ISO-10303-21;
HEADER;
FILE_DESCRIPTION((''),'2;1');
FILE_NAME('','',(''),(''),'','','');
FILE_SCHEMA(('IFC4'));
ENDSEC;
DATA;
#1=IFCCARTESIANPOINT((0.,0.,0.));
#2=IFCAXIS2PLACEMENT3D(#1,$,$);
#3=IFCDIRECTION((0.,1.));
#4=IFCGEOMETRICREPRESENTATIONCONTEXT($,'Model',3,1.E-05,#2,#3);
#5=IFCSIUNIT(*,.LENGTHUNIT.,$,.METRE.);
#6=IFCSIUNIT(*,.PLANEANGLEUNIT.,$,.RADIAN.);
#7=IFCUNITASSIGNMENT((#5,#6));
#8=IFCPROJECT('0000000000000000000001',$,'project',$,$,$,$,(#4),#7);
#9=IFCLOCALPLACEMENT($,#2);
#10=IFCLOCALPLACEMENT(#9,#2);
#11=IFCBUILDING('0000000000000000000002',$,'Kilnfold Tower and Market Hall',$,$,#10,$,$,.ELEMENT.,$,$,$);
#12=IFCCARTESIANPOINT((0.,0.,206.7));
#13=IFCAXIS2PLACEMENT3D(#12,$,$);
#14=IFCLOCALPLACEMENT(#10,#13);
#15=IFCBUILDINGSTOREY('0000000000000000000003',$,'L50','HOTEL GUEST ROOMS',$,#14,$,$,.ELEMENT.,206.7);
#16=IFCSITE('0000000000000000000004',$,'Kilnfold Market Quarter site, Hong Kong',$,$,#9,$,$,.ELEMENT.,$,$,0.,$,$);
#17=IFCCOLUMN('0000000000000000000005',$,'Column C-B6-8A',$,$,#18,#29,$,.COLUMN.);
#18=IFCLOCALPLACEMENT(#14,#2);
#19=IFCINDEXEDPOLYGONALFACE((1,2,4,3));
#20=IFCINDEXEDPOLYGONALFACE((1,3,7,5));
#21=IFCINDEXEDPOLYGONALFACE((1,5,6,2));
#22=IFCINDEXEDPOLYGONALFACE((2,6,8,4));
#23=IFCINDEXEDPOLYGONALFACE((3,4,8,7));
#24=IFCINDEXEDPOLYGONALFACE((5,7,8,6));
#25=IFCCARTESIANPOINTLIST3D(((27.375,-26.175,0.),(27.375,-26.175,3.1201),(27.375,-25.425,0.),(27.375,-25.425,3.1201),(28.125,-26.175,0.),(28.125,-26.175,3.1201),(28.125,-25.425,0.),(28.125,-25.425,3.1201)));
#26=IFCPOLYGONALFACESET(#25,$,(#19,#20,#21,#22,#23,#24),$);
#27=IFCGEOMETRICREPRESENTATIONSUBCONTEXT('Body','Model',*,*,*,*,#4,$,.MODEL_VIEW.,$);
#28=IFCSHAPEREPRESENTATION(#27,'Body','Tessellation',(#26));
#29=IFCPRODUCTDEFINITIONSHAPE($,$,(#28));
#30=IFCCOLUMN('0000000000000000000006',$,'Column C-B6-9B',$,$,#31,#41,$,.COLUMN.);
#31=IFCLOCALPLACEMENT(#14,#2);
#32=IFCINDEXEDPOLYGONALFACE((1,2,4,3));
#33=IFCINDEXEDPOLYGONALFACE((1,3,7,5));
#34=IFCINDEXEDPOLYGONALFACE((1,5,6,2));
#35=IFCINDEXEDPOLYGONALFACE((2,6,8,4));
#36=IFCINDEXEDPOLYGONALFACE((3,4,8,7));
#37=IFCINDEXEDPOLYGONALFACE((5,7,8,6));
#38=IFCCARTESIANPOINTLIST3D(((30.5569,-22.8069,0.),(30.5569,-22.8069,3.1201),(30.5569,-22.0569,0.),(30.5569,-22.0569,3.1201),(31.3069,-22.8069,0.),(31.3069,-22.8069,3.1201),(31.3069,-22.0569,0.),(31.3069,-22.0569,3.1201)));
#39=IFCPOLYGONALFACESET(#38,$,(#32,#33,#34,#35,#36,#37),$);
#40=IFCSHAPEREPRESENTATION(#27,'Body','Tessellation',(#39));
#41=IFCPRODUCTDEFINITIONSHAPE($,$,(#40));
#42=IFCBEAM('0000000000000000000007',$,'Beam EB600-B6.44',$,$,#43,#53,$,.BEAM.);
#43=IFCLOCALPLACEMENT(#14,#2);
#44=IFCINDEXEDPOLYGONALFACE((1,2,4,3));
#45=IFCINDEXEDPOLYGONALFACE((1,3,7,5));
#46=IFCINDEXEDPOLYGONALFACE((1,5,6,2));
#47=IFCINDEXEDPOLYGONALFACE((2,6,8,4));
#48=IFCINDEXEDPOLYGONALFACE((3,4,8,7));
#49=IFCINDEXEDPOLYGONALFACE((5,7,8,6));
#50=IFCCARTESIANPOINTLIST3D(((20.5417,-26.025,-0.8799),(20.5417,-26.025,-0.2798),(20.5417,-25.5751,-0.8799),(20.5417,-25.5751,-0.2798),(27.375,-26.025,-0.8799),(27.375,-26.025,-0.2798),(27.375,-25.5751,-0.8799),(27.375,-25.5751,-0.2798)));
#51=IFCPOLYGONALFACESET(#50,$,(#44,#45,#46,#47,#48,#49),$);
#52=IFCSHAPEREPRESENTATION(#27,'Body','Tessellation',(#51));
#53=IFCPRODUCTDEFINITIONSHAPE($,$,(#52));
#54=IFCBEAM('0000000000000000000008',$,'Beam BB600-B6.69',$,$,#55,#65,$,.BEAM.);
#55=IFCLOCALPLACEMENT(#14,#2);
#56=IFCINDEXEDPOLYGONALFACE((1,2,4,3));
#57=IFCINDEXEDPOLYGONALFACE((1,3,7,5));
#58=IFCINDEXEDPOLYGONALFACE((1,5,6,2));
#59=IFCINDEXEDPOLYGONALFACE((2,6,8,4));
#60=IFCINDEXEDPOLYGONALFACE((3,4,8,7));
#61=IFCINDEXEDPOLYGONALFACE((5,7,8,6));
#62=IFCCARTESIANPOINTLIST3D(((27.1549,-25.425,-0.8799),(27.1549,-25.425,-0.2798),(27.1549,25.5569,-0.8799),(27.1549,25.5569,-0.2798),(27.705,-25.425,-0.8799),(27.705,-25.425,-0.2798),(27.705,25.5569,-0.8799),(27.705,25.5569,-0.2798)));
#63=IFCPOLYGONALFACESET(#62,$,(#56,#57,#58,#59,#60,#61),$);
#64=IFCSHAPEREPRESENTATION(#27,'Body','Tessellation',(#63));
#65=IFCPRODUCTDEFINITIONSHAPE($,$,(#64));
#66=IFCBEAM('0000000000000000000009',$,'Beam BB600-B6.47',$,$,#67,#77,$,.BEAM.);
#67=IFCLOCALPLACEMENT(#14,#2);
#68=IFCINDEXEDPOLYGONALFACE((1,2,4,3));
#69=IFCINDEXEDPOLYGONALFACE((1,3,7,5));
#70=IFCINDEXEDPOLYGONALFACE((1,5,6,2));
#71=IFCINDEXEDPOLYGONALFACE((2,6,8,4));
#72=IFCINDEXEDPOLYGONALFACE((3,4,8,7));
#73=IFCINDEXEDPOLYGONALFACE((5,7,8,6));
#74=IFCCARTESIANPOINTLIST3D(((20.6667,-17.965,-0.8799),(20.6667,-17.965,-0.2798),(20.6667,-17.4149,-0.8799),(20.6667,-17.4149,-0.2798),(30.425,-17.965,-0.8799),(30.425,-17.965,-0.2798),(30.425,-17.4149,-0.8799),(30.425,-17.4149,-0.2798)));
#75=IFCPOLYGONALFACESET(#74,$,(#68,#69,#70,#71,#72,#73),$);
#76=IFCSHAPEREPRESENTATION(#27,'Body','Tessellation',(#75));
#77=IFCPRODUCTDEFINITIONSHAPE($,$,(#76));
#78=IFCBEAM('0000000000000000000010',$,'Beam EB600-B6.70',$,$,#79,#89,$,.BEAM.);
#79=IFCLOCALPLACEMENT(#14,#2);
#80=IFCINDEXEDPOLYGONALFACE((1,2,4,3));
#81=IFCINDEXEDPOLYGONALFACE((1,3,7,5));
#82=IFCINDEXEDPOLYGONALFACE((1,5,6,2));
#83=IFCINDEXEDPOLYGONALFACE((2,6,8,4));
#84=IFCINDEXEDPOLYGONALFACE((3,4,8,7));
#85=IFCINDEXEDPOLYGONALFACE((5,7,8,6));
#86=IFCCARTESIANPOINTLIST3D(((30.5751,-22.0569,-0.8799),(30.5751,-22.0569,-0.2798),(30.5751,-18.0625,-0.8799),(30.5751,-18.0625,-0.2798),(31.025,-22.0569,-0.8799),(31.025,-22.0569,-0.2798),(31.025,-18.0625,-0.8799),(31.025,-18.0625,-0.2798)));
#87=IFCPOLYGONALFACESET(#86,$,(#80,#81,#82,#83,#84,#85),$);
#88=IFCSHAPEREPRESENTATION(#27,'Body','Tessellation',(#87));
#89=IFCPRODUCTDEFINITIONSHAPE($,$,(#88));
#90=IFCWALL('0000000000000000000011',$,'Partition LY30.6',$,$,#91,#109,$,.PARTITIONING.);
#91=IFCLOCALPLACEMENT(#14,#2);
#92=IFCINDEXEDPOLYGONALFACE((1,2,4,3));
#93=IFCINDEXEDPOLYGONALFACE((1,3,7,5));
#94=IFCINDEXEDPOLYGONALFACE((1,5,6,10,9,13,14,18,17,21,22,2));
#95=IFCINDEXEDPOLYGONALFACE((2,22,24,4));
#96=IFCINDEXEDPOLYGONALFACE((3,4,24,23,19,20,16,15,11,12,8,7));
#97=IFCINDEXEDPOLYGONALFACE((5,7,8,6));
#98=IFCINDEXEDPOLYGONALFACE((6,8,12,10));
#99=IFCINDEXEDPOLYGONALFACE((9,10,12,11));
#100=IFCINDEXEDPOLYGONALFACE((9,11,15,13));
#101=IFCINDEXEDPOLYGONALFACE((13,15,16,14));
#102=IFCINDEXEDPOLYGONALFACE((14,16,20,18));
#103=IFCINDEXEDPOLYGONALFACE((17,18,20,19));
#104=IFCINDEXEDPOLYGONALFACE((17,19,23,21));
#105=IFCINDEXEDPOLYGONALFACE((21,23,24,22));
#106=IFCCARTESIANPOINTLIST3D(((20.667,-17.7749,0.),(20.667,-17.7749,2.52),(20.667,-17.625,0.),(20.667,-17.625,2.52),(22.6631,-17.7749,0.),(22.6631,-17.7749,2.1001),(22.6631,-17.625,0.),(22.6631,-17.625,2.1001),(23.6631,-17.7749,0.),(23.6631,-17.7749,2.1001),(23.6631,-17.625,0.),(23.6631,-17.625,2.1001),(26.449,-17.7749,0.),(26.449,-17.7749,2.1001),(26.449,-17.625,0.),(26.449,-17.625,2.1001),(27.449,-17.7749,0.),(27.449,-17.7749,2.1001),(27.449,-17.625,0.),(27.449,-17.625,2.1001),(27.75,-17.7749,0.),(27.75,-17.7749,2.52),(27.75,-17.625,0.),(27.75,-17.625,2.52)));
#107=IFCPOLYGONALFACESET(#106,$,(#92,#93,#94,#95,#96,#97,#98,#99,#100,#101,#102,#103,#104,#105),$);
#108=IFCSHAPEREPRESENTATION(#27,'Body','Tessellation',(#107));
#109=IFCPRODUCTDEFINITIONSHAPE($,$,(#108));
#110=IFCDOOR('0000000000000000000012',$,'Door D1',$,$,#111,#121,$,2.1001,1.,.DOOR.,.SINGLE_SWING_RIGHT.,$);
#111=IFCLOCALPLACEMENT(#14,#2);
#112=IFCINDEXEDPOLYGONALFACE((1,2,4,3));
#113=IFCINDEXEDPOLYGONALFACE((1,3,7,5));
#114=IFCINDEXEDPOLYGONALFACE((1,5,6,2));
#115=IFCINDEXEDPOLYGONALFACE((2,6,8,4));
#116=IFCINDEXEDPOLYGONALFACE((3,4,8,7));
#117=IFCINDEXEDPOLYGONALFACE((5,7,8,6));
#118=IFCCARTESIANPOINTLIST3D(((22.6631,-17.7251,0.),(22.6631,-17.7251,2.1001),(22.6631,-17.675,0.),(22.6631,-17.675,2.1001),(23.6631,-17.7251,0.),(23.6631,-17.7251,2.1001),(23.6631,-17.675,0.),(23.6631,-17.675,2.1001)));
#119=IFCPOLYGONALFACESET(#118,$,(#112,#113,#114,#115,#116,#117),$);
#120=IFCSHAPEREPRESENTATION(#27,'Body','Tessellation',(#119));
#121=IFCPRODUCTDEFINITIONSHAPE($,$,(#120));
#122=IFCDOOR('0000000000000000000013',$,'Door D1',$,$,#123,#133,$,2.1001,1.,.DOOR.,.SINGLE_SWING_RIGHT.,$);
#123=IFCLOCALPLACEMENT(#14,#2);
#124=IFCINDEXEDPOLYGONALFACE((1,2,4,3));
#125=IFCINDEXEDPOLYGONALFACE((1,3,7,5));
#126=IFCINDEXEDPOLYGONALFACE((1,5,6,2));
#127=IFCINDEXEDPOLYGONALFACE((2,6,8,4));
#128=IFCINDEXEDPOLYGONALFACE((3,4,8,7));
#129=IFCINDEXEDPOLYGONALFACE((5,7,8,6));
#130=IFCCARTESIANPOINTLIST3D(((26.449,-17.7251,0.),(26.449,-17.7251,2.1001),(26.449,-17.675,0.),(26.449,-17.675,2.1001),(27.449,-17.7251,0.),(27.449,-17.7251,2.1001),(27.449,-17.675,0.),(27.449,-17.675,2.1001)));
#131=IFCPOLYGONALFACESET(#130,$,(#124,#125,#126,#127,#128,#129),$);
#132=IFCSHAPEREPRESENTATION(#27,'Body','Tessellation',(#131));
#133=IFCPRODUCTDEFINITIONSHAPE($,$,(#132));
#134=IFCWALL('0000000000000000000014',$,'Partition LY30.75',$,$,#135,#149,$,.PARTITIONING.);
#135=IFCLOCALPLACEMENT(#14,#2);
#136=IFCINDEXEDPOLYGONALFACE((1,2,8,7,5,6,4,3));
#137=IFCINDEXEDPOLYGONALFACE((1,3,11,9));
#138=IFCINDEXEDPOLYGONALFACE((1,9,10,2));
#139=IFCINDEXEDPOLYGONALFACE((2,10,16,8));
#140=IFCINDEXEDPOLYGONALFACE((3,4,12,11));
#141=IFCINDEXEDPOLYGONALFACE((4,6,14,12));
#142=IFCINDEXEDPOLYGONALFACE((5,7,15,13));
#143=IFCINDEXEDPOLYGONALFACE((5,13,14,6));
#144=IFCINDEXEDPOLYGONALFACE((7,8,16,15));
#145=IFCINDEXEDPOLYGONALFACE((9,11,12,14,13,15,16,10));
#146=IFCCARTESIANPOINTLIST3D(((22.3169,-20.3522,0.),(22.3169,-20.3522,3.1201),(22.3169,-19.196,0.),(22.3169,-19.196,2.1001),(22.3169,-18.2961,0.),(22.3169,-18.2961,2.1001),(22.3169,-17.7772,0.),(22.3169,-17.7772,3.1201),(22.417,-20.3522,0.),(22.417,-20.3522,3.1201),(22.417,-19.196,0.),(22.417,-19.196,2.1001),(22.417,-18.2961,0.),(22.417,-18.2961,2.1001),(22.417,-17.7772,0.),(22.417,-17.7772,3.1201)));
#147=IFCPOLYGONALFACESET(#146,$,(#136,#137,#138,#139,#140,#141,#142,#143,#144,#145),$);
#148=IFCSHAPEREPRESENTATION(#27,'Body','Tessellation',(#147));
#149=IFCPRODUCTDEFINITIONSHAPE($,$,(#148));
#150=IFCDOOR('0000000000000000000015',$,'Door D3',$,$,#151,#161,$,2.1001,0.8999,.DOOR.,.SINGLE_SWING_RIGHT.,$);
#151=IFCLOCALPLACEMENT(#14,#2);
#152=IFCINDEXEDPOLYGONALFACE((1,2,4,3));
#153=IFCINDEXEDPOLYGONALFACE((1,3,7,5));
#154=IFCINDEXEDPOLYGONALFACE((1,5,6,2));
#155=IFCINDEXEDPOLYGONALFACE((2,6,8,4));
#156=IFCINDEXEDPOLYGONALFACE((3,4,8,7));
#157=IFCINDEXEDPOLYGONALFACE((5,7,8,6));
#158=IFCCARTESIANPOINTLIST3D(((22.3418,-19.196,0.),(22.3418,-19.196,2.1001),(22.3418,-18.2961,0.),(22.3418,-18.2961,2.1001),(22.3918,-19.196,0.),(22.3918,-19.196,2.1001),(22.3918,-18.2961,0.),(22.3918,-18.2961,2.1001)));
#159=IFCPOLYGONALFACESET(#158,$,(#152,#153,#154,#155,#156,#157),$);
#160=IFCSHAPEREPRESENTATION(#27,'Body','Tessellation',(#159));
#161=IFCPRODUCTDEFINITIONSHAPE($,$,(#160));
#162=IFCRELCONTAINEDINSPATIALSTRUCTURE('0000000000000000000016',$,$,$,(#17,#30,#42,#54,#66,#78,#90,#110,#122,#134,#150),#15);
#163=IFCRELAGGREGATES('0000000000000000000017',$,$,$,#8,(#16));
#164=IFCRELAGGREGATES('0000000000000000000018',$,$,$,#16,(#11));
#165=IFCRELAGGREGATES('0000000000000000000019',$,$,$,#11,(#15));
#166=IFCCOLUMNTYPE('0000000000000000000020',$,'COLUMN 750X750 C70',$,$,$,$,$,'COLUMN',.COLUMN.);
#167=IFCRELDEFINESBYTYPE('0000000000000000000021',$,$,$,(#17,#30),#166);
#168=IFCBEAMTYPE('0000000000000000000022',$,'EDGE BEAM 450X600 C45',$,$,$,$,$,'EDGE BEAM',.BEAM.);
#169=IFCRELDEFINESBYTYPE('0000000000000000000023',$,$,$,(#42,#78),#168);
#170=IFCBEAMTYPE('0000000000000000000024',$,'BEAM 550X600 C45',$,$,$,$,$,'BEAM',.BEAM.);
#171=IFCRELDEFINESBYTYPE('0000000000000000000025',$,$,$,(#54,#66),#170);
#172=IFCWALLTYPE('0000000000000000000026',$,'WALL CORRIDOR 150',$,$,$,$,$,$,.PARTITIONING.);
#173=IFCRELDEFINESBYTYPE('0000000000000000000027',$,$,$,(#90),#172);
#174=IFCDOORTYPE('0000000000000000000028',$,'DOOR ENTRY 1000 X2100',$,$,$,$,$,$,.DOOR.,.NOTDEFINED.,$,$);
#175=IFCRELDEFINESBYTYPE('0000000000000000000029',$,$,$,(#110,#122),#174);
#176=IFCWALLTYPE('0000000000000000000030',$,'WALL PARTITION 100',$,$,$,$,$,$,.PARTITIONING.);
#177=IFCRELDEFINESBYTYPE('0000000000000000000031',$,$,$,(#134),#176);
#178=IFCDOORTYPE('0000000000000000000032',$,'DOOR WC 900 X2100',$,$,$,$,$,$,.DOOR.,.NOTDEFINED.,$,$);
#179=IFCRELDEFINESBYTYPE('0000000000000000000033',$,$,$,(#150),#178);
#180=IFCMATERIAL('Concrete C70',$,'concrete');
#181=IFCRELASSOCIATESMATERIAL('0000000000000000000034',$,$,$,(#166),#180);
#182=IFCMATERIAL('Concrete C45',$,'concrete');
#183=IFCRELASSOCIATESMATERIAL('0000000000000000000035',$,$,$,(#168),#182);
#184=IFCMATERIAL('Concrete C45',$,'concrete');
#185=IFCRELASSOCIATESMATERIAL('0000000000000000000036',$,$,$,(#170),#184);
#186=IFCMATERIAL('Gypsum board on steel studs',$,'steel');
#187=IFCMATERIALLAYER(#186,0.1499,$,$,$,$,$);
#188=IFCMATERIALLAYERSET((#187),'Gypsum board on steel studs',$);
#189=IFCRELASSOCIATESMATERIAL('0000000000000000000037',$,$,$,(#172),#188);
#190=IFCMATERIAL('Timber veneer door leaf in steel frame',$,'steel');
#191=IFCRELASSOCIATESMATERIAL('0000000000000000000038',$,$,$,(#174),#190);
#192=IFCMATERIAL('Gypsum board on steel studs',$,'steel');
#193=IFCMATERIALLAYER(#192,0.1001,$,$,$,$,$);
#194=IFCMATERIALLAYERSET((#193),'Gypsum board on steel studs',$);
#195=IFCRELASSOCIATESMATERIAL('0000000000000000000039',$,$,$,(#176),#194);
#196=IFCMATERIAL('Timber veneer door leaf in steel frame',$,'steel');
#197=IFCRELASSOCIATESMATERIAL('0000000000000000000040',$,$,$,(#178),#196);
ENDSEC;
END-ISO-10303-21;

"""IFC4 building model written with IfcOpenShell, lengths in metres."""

from ifc_helpers import new_model, si_unit, direction, frame, frame_2d, origin, origin_2d, place, context, subcontext, project, spatial, rectangle, extrude, source, transform, mapped, material, layer, layer_set, material_profile, profile_set, type_object, element, fill, save


model = new_model("IFC4")

# Units and contexts
model_context = context("Model", 3, precision=1e-05, world=origin(), true_north=direction((0.0, 1.0)))
body_context = subcontext(model_context, "Body", "Model", "MODEL_VIEW")
ifc_project = project(units=[si_unit("LENGTHUNIT", "METRE"), si_unit("PLANEANGLEUNIT", "RADIAN")], contexts=[model_context])

# Site, building, storey
site_placement = place(None, origin())
site = spatial("IfcSite", under=ifc_project, at=site_placement, Name="Kilnfold Market Quarter site, Hong Kong", CompositionType="ELEMENT", RefElevation=0.0)
building_placement = place(site_placement, origin())
building = spatial("IfcBuilding", under=site, at=building_placement, Name="Kilnfold Tower and Market Hall", CompositionType="ELEMENT")
storey_placement = place(building_placement, frame((0.0, 0.0, 206.7)))
storey = spatial("IfcBuildingStorey", under=building, at=storey_placement, Name="L50", Description="HOTEL GUEST ROOMS", CompositionType="ELEMENT", Elevation=206.7)

# Columns
ifc_material_1 = material(Name="Concrete C70", Category="concrete")
ifc_material_profile_1 = material_profile(ifc_material_1, rectangle(XDim=0.75, YDim=0.75, at=origin_2d()), Name="RC 750x750")
ifc_profile_set_1 = profile_set([ifc_material_profile_1], Name="Concrete C70")
column_type = type_object("IfcColumnType", Name="COLUMN 750X750 C70", ElementType="COLUMN", PredefinedType="COLUMN", material=ifc_profile_set_1)
shared_shape_1 = source(origin(), body_context, "Body", "SweptSolid", [
    extrude(rectangle(XDim=0.75, YDim=0.75, at=origin_2d()), origin(), (0.0, 0.0, 1.0), 3.1201),
])
for number, where, z_axis, x_axis, name in (
    (1, (27.75, -25.8, 0.0), (0.0, 0.0, 1.0), (1.0, 0.0, 0.0), "Column C-B6-8A"),
    (2, (30.9319, -22.4319, 0.0), (0.0, 0.0, 1.0), (1.0, 0.0, 0.0), "Column C-B6-9B"),
):
    element("IfcColumn", number, at=place(storey_placement, frame(where, z_axis=z_axis, x_axis=x_axis)), inside=storey, type_object=column_type, Name=name, PredefinedType="COLUMN", context=body_context, shape_type="MappedRepresentation", body=[
        mapped(shared_shape_1, transform((0.0, 0.0, 0.0))),
    ])

# Beams
ifc_material_2 = material(Name="Concrete C45", Category="concrete")
ifc_material_profile_2 = material_profile(ifc_material_2, rectangle(XDim=0.45, YDim=0.6001, at=origin_2d()), Name="RC 450x600")
ifc_profile_set_2 = profile_set([ifc_material_profile_2], Name="Concrete C45")
beam_type_1 = type_object("IfcBeamType", Name="EDGE BEAM 450X600 C45", ElementType="EDGE BEAM", PredefinedType="BEAM", material=ifc_profile_set_2)
shared_shape_2 = source(origin(), body_context, "Body", "SweptSolid", [
    extrude(rectangle(XDim=0.45, YDim=0.6001, at=origin_2d()), origin(), (0.0, 0.0, 1.0), 6.8333),
])
beam_1_placement = place(storey_placement, frame((20.5417, -25.8, -0.5798), z_axis=(1.0, 0.0, 0.0), x_axis=(0.0, 1.0, 0.0)))
element("IfcBeam", 3, at=beam_1_placement, inside=storey, type_object=beam_type_1, Name="Beam EB600-B6.44", PredefinedType="BEAM", context=body_context, shape_type="MappedRepresentation", body=[
    mapped(shared_shape_2, transform((0.0, 0.0, 0.0))),
])
ifc_material_3 = material(Name="Concrete C45", Category="concrete")
ifc_material_profile_3 = material_profile(ifc_material_3, rectangle(XDim=0.55, YDim=0.6001, at=origin_2d()), Name="RC 550x600")
ifc_profile_set_3 = profile_set([ifc_material_profile_3], Name="Concrete C45")
beam_type_2 = type_object("IfcBeamType", Name="BEAM 550X600 C45", ElementType="BEAM", PredefinedType="BEAM", material=ifc_profile_set_3)
shared_shape_3 = source(origin(), body_context, "Body", "SweptSolid", [
    extrude(rectangle(XDim=0.55, YDim=0.6001, at=origin_2d()), origin(), (0.0, 0.0, 1.0), 50.9819),
])
beam_2_placement = place(storey_placement, frame((27.4299, -25.425, -0.5798), z_axis=(0.0, 1.0, 0.0), x_axis=(-1.0, 0.0, 0.0)))
element("IfcBeam", 4, at=beam_2_placement, inside=storey, type_object=beam_type_2, Name="Beam BB600-B6.69", PredefinedType="BEAM", context=body_context, shape_type="MappedRepresentation", body=[
    mapped(shared_shape_3, transform((0.0, 0.0, 0.0))),
])
shared_shape_4 = source(origin(), body_context, "Body", "SweptSolid", [
    extrude(rectangle(XDim=0.55, YDim=0.6001, at=origin_2d()), origin(), (0.0, 0.0, 1.0), 9.7583),
])
beam_3_placement = place(storey_placement, frame((20.6667, -17.6899, -0.5798), z_axis=(1.0, 0.0, 0.0), x_axis=(0.0, 1.0, 0.0)))
element("IfcBeam", 5, at=beam_3_placement, inside=storey, type_object=beam_type_2, Name="Beam BB600-B6.47", PredefinedType="BEAM", context=body_context, shape_type="MappedRepresentation", body=[
    mapped(shared_shape_4, transform((0.0, 0.0, 0.0))),
])
shared_shape_5 = source(origin(), body_context, "Body", "SweptSolid", [
    extrude(rectangle(XDim=0.45, YDim=0.6001, at=origin_2d()), origin(), (0.0, 0.0, 1.0), 3.9944),
])
beam_4_placement = place(storey_placement, frame((30.8, -22.0569, -0.5798), z_axis=(0.0, 1.0, 0.0), x_axis=(-1.0, 0.0, 0.0)))
element("IfcBeam", 6, at=beam_4_placement, inside=storey, type_object=beam_type_1, Name="Beam EB600-B6.70", PredefinedType="BEAM", context=body_context, shape_type="MappedRepresentation", body=[
    mapped(shared_shape_5, transform((0.0, 0.0, 0.0))),
])

# Wall, openings, doors
ifc_material_4 = material(Name="Gypsum board on steel studs", Category="steel")
ifc_layer_1 = layer(ifc_material_4, 0.1499)
ifc_layer_set_1 = layer_set([ifc_layer_1], Name="Gypsum board on steel studs")
wall_type_1 = type_object("IfcWallType", Name="WALL CORRIDOR 150", PredefinedType="PARTITIONING", material=ifc_layer_set_1)
wall_1_placement = place(storey_placement, frame((20.667, -17.7, 0.0), z_axis=(0.0, 0.0, 1.0), x_axis=(1.0, 0.0, 0.0)))
wall_1 = element("IfcWall", 7, at=wall_1_placement, inside=storey, type_object=wall_type_1, Name="Partition LY30.6", PredefinedType="PARTITIONING", context=body_context, shape_type="SweptSolid", body=[
    extrude(rectangle(XDim=7.083, YDim=0.1499, at=frame_2d((3.5415, 0.0))), origin(), (0.0, 0.0, 1.0), 2.52),
])
opening_1_placement = place(wall_1_placement, frame((1.9961, 0.0, 0.0)))
opening_1 = element("IfcOpeningElement", 8, at=opening_1_placement, cuts=wall_1, PredefinedType="OPENING", context=body_context, shape_type="SweptSolid", body=[
    extrude(rectangle(XDim=1.0, YDim=2.1001, at=frame_2d((0.5, 1.05))), frame((0.0, 0.085, 0.0), z_axis=(0.0, -1.0, 0.0), x_axis=(1.0, 0.0, 0.0)), (0.0, 0.0, 1.0), 0.1699),
])
opening_2_placement = place(wall_1_placement, frame((5.782, 0.0, 0.0)))
opening_2 = element("IfcOpeningElement", 9, at=opening_2_placement, cuts=wall_1, PredefinedType="OPENING", context=body_context, shape_type="SweptSolid", body=[
    extrude(rectangle(XDim=1.0, YDim=2.1001, at=frame_2d((0.5, 1.05))), frame((0.0, 0.085, 0.0), z_axis=(0.0, -1.0, 0.0), x_axis=(1.0, 0.0, 0.0)), (0.0, 0.0, 1.0), 0.1699),
])
ifc_material_5 = material(Name="Timber veneer door leaf in steel frame", Category="steel")
door_type_1 = type_object("IfcDoorType", Name="DOOR ENTRY 1000 X2100", OperationType="NOTDEFINED", PredefinedType="DOOR", material=ifc_material_5)
door_1_placement = place(opening_1_placement, origin())
door_1 = element("IfcDoor", 10, at=door_1_placement, inside=storey, type_object=door_type_1, Name="Door D1", OperationType="SINGLE_SWING_RIGHT", OverallHeight=2.1001, OverallWidth=1.0, PredefinedType="DOOR", context=body_context, shape_type="SweptSolid", body=[
    extrude(rectangle(XDim=1.0, YDim=2.1001, at=frame_2d((0.5, 1.05))), frame((0.0, 0.0249, 0.0), z_axis=(0.0, -1.0, 0.0), x_axis=(1.0, 0.0, 0.0)), (0.0, 0.0, 1.0), 0.05),
])
fill(opening_1, door_1)
door_2_placement = place(opening_2_placement, origin())
door_2 = element("IfcDoor", 11, at=door_2_placement, inside=storey, type_object=door_type_1, Name="Door D1", OperationType="SINGLE_SWING_RIGHT", OverallHeight=2.1001, OverallWidth=1.0, PredefinedType="DOOR", context=body_context, shape_type="SweptSolid", body=[
    extrude(rectangle(XDim=1.0, YDim=2.1001, at=frame_2d((0.5, 1.05))), frame((0.0, 0.0249, 0.0), z_axis=(0.0, -1.0, 0.0), x_axis=(1.0, 0.0, 0.0)), (0.0, 0.0, 1.0), 0.05),
])
fill(opening_2, door_2)

# Wall, opening, door
ifc_material_6 = material(Name="Gypsum board on steel studs", Category="steel")
ifc_layer_2 = layer(ifc_material_6, 0.1001)
ifc_layer_set_2 = layer_set([ifc_layer_2], Name="Gypsum board on steel studs")
wall_type_2 = type_object("IfcWallType", Name="WALL PARTITION 100", PredefinedType="PARTITIONING", material=ifc_layer_set_2)
wall_2_placement = place(storey_placement, frame((22.3669, -17.7771, 0.0), z_axis=(0.0, 0.0, 1.0), x_axis=(0.0, -1.0, 0.0)))
wall_2 = element("IfcWall", 12, at=wall_2_placement, inside=storey, type_object=wall_type_2, Name="Partition LY30.75", PredefinedType="PARTITIONING", context=body_context, shape_type="SweptSolid", body=[
    extrude(rectangle(XDim=2.575, YDim=0.1001, at=frame_2d((1.2876, 0.0))), origin(), (0.0, 0.0, 1.0), 3.1201),
])
opening_3_placement = place(wall_2_placement, frame((0.519, 0.0, 0.0)))
opening_3 = element("IfcOpeningElement", 13, at=opening_3_placement, cuts=wall_2, PredefinedType="OPENING", context=body_context, shape_type="SweptSolid", body=[
    extrude(rectangle(XDim=0.8999, YDim=2.1001, at=frame_2d((0.45, 1.05))), frame((0.0, 0.0601, 0.0), z_axis=(0.0, -1.0, 0.0), x_axis=(1.0, 0.0, 0.0)), (0.0, 0.0, 1.0), 0.1201),
])
ifc_material_7 = material(Name="Timber veneer door leaf in steel frame", Category="steel")
door_type_2 = type_object("IfcDoorType", Name="DOOR WC 900 X2100", OperationType="NOTDEFINED", PredefinedType="DOOR", material=ifc_material_7)
door_3_placement = place(opening_3_placement, origin())
door_3 = element("IfcDoor", 14, at=door_3_placement, inside=storey, type_object=door_type_2, Name="Door D3", OperationType="SINGLE_SWING_RIGHT", OverallHeight=2.1001, OverallWidth=0.8999, PredefinedType="DOOR", context=body_context, shape_type="SweptSolid", body=[
    extrude(rectangle(XDim=0.8999, YDim=2.1001, at=frame_2d((0.45, 1.05))), frame((0.0, 0.0249, 0.0), z_axis=(0.0, -1.0, 0.0), x_axis=(1.0, 0.0, 0.0)), (0.0, 0.0, 1.0), 0.05),
])
fill(opening_3, door_3)

save(model, "model.ifc")
